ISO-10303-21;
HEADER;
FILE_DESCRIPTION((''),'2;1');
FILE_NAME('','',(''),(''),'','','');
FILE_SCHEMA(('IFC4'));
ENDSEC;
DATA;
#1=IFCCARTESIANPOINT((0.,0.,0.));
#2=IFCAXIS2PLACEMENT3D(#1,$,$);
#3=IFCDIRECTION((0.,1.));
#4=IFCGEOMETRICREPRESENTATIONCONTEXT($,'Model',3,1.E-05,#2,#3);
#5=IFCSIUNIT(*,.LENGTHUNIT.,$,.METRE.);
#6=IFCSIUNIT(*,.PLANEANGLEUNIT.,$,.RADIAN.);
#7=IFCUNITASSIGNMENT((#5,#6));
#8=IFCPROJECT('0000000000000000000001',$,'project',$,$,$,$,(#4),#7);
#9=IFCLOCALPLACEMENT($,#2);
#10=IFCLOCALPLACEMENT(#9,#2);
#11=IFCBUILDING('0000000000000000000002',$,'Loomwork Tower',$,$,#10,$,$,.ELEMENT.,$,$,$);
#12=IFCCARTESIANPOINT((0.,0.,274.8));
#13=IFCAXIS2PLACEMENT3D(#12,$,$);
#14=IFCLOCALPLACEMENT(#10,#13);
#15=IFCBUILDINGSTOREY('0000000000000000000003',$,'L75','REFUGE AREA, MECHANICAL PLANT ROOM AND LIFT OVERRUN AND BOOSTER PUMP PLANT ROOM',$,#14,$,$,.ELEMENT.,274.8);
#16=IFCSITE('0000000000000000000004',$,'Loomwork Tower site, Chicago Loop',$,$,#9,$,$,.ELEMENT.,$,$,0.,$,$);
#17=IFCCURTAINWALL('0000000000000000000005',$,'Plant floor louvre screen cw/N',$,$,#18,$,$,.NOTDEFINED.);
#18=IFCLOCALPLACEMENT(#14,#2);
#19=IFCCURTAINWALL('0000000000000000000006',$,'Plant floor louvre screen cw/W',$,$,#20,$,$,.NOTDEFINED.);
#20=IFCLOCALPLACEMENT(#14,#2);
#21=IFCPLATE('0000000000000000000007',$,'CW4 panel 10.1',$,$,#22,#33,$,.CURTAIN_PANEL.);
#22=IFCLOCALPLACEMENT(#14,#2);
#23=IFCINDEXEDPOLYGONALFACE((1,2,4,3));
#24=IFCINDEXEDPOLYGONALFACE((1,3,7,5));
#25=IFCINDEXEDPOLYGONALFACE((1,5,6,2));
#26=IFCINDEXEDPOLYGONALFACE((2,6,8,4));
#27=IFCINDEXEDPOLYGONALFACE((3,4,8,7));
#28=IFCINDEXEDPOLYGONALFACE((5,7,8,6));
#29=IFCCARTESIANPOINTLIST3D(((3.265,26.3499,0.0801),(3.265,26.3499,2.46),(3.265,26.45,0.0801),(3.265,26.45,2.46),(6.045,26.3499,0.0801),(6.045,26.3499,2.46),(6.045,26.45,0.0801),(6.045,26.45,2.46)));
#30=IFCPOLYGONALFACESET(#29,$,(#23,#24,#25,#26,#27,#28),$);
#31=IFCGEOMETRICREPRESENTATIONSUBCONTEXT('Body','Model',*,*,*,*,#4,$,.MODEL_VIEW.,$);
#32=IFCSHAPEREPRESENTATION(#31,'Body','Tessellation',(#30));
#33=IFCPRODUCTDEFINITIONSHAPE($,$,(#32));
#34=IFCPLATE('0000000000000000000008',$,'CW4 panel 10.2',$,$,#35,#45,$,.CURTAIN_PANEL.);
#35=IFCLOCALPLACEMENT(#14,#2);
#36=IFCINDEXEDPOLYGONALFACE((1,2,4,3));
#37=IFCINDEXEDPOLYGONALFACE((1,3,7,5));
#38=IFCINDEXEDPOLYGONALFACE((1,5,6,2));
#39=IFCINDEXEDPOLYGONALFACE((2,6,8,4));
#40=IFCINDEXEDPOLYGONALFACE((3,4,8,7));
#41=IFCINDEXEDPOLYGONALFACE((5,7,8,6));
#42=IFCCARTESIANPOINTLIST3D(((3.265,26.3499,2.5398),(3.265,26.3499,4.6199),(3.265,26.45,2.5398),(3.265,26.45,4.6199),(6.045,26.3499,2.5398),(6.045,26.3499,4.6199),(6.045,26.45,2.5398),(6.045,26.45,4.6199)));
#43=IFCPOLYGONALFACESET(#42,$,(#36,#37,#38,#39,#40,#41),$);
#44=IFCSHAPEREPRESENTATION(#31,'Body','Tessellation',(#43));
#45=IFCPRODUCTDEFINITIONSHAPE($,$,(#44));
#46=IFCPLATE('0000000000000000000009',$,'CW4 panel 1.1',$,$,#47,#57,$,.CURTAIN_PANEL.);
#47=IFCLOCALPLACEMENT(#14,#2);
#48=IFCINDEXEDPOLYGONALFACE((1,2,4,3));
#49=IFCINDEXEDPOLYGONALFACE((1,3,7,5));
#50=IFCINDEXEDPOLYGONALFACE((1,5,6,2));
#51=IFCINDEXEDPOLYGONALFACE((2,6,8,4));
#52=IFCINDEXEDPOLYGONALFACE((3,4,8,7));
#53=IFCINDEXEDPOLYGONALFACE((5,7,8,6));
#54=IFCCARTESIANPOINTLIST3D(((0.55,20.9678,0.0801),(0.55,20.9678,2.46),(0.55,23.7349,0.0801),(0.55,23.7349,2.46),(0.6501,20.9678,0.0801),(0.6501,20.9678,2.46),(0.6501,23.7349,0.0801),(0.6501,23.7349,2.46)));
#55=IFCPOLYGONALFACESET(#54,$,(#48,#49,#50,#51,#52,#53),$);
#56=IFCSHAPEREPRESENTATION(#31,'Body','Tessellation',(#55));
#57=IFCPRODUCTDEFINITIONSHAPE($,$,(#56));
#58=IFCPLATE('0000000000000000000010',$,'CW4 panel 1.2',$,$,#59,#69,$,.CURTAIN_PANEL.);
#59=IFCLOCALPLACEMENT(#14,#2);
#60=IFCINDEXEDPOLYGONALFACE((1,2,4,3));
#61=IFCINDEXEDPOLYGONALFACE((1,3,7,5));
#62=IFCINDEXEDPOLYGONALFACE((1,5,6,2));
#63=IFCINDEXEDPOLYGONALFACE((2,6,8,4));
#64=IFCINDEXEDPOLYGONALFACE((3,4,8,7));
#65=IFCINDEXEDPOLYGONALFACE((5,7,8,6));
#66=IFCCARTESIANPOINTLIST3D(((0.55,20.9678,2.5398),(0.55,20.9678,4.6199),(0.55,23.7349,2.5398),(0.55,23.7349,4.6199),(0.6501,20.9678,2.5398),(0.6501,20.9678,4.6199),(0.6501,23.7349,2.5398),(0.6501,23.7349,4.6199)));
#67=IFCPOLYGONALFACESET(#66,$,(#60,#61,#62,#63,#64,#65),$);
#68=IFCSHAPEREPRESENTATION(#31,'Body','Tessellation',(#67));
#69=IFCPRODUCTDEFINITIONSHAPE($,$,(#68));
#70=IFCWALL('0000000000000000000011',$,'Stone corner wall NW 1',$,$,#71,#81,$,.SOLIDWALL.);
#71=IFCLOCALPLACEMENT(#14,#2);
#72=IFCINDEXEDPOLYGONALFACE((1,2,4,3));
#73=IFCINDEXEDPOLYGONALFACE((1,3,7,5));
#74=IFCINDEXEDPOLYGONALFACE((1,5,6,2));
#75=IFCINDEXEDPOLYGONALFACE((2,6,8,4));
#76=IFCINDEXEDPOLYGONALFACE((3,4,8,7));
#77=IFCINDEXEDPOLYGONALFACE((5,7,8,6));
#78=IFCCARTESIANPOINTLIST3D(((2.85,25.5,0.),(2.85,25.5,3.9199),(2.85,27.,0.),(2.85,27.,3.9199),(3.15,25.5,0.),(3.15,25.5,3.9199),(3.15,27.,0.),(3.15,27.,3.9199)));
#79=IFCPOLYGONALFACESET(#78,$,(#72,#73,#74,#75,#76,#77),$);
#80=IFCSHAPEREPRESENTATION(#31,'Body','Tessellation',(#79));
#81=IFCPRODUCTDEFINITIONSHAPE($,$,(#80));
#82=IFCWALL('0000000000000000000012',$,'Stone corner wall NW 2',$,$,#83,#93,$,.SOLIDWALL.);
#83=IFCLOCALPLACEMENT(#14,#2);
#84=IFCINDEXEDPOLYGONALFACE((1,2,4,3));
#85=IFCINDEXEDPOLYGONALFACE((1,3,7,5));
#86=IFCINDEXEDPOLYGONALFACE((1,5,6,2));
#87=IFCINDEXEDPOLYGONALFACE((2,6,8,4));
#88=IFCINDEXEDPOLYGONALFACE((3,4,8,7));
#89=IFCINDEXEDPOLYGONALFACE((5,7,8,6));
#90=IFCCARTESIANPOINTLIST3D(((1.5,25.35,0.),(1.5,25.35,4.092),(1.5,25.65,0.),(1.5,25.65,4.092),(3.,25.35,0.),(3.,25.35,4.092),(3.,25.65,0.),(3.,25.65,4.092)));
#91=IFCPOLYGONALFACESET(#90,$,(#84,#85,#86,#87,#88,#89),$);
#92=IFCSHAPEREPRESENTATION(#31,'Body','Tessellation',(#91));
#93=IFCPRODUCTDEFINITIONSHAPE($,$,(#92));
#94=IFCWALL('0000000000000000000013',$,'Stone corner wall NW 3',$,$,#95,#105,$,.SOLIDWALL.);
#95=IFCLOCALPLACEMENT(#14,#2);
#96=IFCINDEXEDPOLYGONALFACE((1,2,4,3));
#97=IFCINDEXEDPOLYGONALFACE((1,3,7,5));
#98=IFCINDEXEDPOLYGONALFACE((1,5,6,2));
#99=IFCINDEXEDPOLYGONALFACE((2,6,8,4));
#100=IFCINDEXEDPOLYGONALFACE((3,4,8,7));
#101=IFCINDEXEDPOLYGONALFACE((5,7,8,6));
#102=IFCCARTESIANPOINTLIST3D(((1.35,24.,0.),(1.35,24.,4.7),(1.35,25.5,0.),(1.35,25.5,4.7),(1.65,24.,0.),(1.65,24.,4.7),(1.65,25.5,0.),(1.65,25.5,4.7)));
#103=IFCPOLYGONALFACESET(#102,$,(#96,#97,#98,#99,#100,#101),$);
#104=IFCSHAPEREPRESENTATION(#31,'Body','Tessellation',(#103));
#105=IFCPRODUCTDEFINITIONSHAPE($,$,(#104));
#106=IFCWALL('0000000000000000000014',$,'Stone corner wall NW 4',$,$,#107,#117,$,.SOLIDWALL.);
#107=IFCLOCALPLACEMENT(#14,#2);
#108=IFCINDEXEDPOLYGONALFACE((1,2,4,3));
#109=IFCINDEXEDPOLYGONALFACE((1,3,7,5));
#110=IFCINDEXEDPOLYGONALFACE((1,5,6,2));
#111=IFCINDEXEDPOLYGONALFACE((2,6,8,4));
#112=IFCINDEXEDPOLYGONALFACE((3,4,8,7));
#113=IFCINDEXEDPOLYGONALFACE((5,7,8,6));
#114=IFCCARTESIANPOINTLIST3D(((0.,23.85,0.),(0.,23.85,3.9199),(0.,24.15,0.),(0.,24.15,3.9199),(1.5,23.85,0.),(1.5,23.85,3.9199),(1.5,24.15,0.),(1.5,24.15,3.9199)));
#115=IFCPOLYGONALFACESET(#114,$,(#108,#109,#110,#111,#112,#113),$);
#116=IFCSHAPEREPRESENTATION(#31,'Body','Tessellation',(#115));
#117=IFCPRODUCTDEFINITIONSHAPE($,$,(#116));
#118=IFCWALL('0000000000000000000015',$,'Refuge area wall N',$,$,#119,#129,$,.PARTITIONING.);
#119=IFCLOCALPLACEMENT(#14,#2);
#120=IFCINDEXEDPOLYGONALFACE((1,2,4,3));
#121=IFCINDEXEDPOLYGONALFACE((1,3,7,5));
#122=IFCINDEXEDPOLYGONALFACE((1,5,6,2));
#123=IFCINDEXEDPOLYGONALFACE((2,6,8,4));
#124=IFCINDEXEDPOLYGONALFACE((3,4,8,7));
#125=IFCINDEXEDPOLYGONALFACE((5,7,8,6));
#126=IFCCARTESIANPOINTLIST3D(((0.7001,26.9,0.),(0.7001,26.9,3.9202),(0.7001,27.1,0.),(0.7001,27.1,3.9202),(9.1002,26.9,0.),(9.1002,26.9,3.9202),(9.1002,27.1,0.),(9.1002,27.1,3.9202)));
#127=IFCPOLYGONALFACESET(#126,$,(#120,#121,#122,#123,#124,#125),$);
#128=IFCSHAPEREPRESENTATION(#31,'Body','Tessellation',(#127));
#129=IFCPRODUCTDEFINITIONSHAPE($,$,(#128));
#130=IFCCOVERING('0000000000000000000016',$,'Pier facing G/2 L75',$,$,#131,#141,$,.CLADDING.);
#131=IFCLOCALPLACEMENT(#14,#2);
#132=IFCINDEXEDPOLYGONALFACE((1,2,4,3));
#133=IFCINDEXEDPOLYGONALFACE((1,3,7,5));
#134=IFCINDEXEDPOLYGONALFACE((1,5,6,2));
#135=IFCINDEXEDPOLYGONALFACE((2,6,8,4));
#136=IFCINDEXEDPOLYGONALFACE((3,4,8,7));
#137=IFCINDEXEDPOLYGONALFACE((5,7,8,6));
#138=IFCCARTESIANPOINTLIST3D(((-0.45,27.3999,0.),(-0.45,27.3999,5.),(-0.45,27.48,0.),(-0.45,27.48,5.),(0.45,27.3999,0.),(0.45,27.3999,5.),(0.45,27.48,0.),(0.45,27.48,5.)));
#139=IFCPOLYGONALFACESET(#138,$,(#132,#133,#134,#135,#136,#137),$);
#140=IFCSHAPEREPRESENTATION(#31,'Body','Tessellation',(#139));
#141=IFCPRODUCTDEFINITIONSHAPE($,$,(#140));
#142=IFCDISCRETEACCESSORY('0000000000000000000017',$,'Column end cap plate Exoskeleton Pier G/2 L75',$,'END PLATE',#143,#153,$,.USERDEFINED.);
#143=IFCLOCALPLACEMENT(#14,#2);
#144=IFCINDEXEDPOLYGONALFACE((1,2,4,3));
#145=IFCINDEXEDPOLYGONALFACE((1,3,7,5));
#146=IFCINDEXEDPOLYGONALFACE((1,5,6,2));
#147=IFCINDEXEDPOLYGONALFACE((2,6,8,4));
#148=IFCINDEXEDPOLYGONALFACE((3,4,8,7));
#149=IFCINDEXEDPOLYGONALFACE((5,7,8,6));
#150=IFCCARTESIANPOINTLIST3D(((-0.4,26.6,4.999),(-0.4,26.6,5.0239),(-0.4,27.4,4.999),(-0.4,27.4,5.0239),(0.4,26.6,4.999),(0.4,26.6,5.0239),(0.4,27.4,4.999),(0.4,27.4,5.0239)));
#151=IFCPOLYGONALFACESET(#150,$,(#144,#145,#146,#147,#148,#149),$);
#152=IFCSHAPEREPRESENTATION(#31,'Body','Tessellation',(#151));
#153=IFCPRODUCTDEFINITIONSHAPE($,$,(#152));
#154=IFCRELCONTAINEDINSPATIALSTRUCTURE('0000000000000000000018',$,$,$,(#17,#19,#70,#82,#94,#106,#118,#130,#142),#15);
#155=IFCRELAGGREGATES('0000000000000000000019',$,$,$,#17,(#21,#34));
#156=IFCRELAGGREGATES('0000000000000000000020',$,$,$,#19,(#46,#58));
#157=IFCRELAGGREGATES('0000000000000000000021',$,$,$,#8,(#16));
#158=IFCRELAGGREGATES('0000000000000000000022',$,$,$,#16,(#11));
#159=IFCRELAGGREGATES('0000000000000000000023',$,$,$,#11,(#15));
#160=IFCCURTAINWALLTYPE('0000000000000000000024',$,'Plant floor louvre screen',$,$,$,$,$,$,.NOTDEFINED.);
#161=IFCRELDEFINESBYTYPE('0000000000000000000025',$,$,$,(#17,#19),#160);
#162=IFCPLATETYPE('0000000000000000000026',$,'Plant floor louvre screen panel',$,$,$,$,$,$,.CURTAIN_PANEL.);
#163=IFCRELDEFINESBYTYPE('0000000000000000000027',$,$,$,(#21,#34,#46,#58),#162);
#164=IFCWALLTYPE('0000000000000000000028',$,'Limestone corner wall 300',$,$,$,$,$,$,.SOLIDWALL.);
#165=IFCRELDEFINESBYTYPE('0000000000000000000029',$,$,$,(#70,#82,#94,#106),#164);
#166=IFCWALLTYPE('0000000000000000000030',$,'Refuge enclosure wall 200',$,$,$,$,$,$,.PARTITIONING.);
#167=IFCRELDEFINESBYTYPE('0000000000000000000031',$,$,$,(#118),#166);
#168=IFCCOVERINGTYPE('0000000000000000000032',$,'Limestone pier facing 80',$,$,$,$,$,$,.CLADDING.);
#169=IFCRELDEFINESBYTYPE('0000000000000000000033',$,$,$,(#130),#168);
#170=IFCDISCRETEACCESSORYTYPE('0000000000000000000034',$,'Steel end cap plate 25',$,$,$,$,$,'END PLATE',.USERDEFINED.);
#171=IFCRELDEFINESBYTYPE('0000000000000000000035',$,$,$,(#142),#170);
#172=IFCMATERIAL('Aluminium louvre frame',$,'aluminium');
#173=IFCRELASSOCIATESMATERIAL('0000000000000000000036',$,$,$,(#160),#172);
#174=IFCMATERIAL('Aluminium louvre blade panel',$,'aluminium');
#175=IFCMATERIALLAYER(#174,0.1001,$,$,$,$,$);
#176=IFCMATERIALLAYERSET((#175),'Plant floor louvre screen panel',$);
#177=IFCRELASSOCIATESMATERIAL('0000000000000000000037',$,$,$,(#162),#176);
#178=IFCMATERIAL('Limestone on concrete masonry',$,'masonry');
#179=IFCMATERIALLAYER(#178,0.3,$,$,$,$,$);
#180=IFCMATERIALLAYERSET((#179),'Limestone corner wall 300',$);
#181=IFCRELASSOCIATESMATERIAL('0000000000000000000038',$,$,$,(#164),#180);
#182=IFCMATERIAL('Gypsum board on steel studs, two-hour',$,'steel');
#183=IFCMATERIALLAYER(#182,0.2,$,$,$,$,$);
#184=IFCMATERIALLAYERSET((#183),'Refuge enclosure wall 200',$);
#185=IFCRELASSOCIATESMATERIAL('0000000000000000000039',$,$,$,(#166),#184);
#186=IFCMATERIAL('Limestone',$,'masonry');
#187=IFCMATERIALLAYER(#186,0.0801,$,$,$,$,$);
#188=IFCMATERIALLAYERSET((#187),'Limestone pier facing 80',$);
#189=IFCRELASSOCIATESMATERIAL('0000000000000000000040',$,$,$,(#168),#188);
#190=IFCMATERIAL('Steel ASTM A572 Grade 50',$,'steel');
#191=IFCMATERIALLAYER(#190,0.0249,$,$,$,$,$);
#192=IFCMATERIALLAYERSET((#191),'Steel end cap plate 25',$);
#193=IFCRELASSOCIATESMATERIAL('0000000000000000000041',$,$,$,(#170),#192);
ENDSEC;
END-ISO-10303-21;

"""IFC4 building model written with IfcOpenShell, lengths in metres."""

from ifc_helpers import new_model, si_unit, direction, frame, frame_2d, origin, origin_2d, place, context, subcontext, project, spatial, rectangle, extrude, material, layer, layer_set, type_object, element, aggregate, save


model = new_model("IFC4")

# Units and contexts
model_context = context("Model", 3, precision=1e-05, world=origin(), true_north=direction((0.0, 1.0)))
body_context = subcontext(model_context, "Body", "Model", "MODEL_VIEW")
ifc_project = project(units=[si_unit("LENGTHUNIT", "METRE"), si_unit("PLANEANGLEUNIT", "RADIAN")], contexts=[model_context])

# Site, building, storey
site_placement = place(None, origin())
site = spatial("IfcSite", under=ifc_project, at=site_placement, Name="Loomwork Tower site, Chicago Loop", CompositionType="ELEMENT", RefElevation=0.0)
building_placement = place(site_placement, origin())
building = spatial("IfcBuilding", under=site, at=building_placement, Name="Loomwork Tower", CompositionType="ELEMENT")
storey_placement = place(building_placement, frame((0.0, 0.0, 274.8)))
storey = spatial("IfcBuildingStorey", under=building, at=storey_placement, Name="L75", Description="REFUGE AREA, MECHANICAL PLANT ROOM AND LIFT OVERRUN AND BOOSTER PUMP PLANT ROOM", CompositionType="ELEMENT", Elevation=274.8)

# Curtain wall
ifc_material_1 = material(Name="Aluminium louvre frame", Category="aluminium")
curtain_wall_type = type_object("IfcCurtainWallType", Name="Plant floor louvre screen", PredefinedType="NOTDEFINED", material=ifc_material_1)
curtain_wall_1_placement = place(storey_placement, origin())
curtain_wall_1 = element("IfcCurtainWall", 1, at=curtain_wall_1_placement, inside=storey, type_object=curtain_wall_type, Name="Plant floor louvre screen cw/N", PredefinedType="NOTDEFINED")

# Curtain wall
curtain_wall_2_placement = place(storey_placement, origin())
curtain_wall_2 = element("IfcCurtainWall", 2, at=curtain_wall_2_placement, inside=storey, type_object=curtain_wall_type, Name="Plant floor louvre screen cw/W", PredefinedType="NOTDEFINED")

# Plates
ifc_material_2 = material(Name="Aluminium louvre blade panel", Category="aluminium")
ifc_layer_1 = layer(ifc_material_2, 0.1001)
ifc_layer_set_1 = layer_set([ifc_layer_1], Name="Plant floor louvre screen panel")
plate_type = type_object("IfcPlateType", Name="Plant floor louvre screen panel", PredefinedType="CURTAIN_PANEL", material=ifc_layer_set_1)
plate_1_placement = place(storey_placement, frame((4.655, 26.3999, 0.0801), z_axis=(0.0, 0.0, 1.0), x_axis=(-1.0, 0.0, 0.0)))
plate_1 = element("IfcPlate", 3, at=plate_1_placement, type_object=plate_type, Name="CW4 panel 10.1", PredefinedType="CURTAIN_PANEL", context=body_context, shape_type="SweptSolid", body=[
    extrude(rectangle(XDim=2.78, YDim=0.1001, at=origin_2d()), origin(), (0.0, 0.0, 1.0), 2.3799),
])
plate_2_placement = place(storey_placement, frame((4.655, 26.3999, 2.5398), z_axis=(0.0, 0.0, 1.0), x_axis=(-1.0, 0.0, 0.0)))
plate_2 = element("IfcPlate", 4, at=plate_2_placement, type_object=plate_type, Name="CW4 panel 10.2", PredefinedType="CURTAIN_PANEL", context=body_context, shape_type="SweptSolid", body=[
    extrude(rectangle(XDim=2.78, YDim=0.1001, at=origin_2d()), origin(), (0.0, 0.0, 1.0), 2.0801),
])
aggregate(curtain_wall_1, [plate_1, plate_2])
plate_3_placement = place(storey_placement, frame((0.6001, 22.3513, 0.0801), z_axis=(0.0, 0.0, 1.0), x_axis=(0.0, -1.0, 0.0)))
plate_3 = element("IfcPlate", 5, at=plate_3_placement, type_object=plate_type, Name="CW4 panel 1.1", PredefinedType="CURTAIN_PANEL", context=body_context, shape_type="SweptSolid", body=[
    extrude(rectangle(XDim=2.7671, YDim=0.1001, at=origin_2d()), origin(), (0.0, 0.0, 1.0), 2.3799),
])
plate_4_placement = place(storey_placement, frame((0.6001, 22.3513, 2.5398), z_axis=(0.0, 0.0, 1.0), x_axis=(0.0, -1.0, 0.0)))
plate_4 = element("IfcPlate", 6, at=plate_4_placement, type_object=plate_type, Name="CW4 panel 1.2", PredefinedType="CURTAIN_PANEL", context=body_context, shape_type="SweptSolid", body=[
    extrude(rectangle(XDim=2.7671, YDim=0.1001, at=origin_2d()), origin(), (0.0, 0.0, 1.0), 2.0801),
])
aggregate(curtain_wall_2, [plate_3, plate_4])

# Walls
ifc_material_3 = material(Name="Limestone on concrete masonry", Category="masonry")
ifc_layer_2 = layer(ifc_material_3, 0.3)
ifc_layer_set_2 = layer_set([ifc_layer_2], Name="Limestone corner wall 300")
wall_type_1 = type_object("IfcWallType", Name="Limestone corner wall 300", PredefinedType="SOLIDWALL", material=ifc_layer_set_2)
wall_1_placement = place(storey_placement, frame((3.0, 27.0, 0.0), z_axis=(0.0, 0.0, 1.0), x_axis=(0.0, -1.0, 0.0)))
element("IfcWall", 7, at=wall_1_placement, inside=storey, type_object=wall_type_1, Name="Stone corner wall NW 1", PredefinedType="SOLIDWALL", context=body_context, shape_type="SweptSolid", body=[
    extrude(rectangle(XDim=1.5, YDim=0.3, at=frame_2d((0.75, 0.0))), origin(), (0.0, 0.0, 1.0), 3.9199),
])
wall_2_placement = place(storey_placement, frame((3.0, 25.5, 0.0), z_axis=(0.0, 0.0, 1.0), x_axis=(-1.0, 0.0, 0.0)))
element("IfcWall", 8, at=wall_2_placement, inside=storey, type_object=wall_type_1, Name="Stone corner wall NW 2", PredefinedType="SOLIDWALL", context=body_context, shape_type="SweptSolid", body=[
    extrude(rectangle(XDim=1.5, YDim=0.3, at=frame_2d((0.75, 0.0))), origin(), (0.0, 0.0, 1.0), 4.092),
])
wall_3_placement = place(storey_placement, frame((1.5, 25.5, 0.0), z_axis=(0.0, 0.0, 1.0), x_axis=(0.0, -1.0, 0.0)))
element("IfcWall", 9, at=wall_3_placement, inside=storey, type_object=wall_type_1, Name="Stone corner wall NW 3", PredefinedType="SOLIDWALL", context=body_context, shape_type="SweptSolid", body=[
    extrude(rectangle(XDim=1.5, YDim=0.3, at=frame_2d((0.75, 0.0))), origin(), (0.0, 0.0, 1.0), 4.7),
])
wall_4_placement = place(storey_placement, frame((1.5, 24.0, 0.0), z_axis=(0.0, 0.0, 1.0), x_axis=(-1.0, 0.0, 0.0)))
element("IfcWall", 10, at=wall_4_placement, inside=storey, type_object=wall_type_1, Name="Stone corner wall NW 4", PredefinedType="SOLIDWALL", context=body_context, shape_type="SweptSolid", body=[
    extrude(rectangle(XDim=1.5, YDim=0.3, at=frame_2d((0.75, 0.0))), origin(), (0.0, 0.0, 1.0), 3.9199),
])
ifc_material_4 = material(Name="Gypsum board on steel studs, two-hour", Category="steel")
ifc_layer_3 = layer(ifc_material_4, 0.2)
ifc_layer_set_3 = layer_set([ifc_layer_3], Name="Refuge enclosure wall 200")
wall_type_2 = type_object("IfcWallType", Name="Refuge enclosure wall 200", PredefinedType="PARTITIONING", material=ifc_layer_set_3)
wall_5_placement = place(storey_placement, frame((0.7, 27.0, 0.0), z_axis=(0.0, 0.0, 1.0), x_axis=(1.0, 0.0, 0.0)))
element("IfcWall", 11, at=wall_5_placement, inside=storey, type_object=wall_type_2, Name="Refuge area wall N", PredefinedType="PARTITIONING", context=body_context, shape_type="SweptSolid", body=[
    extrude(rectangle(XDim=8.4001, YDim=0.2, at=frame_2d((4.2002, 0.0))), origin(), (0.0, 0.0, 1.0), 3.9202),
])

# Covering
ifc_material_5 = material(Name="Limestone", Category="masonry")
ifc_layer_4 = layer(ifc_material_5, 0.0801)
ifc_layer_set_4 = layer_set([ifc_layer_4], Name="Limestone pier facing 80")
covering_type = type_object("IfcCoveringType", Name="Limestone pier facing 80", PredefinedType="CLADDING", material=ifc_layer_set_4)
covering_placement = place(storey_placement, frame((0.0, 27.4399, 0.0), z_axis=(0.0, 0.0, 1.0), x_axis=(1.0, 0.0, 0.0)))
element("IfcCovering", 12, at=covering_placement, inside=storey, type_object=covering_type, Name="Pier facing G/2 L75", PredefinedType="CLADDING", context=body_context, shape_type="SweptSolid", body=[
    extrude(rectangle(XDim=0.8999, YDim=0.0801, at=origin_2d()), origin(), (0.0, 0.0, 1.0), 5.0),
])

# Discrete accessory
ifc_material_6 = material(Name="Steel ASTM A572 Grade 50", Category="steel")
ifc_layer_5 = layer(ifc_material_6, 0.0249)
ifc_layer_set_5 = layer_set([ifc_layer_5], Name="Steel end cap plate 25")
discrete_accessory_type = type_object("IfcDiscreteAccessoryType", Name="Steel end cap plate 25", ElementType="END PLATE", PredefinedType="USERDEFINED", material=ifc_layer_set_5)
discrete_accessory_placement = place(storey_placement, frame((0.0, 27.0, 4.999), z_axis=(0.0, 0.0, 1.0), x_axis=(1.0, 0.0, 0.0)))
element("IfcDiscreteAccessory", 13, at=discrete_accessory_placement, inside=storey, type_object=discrete_accessory_type, Name="Column end cap plate Exoskeleton Pier G/2 L75", ObjectType="END PLATE", PredefinedType="USERDEFINED", context=body_context, shape_type="SweptSolid", body=[
    extrude(rectangle(XDim=0.8, YDim=0.8, at=origin_2d()), origin(), (0.0, 0.0, 1.0), 0.0249),
])

save(model, "model.ifc")
